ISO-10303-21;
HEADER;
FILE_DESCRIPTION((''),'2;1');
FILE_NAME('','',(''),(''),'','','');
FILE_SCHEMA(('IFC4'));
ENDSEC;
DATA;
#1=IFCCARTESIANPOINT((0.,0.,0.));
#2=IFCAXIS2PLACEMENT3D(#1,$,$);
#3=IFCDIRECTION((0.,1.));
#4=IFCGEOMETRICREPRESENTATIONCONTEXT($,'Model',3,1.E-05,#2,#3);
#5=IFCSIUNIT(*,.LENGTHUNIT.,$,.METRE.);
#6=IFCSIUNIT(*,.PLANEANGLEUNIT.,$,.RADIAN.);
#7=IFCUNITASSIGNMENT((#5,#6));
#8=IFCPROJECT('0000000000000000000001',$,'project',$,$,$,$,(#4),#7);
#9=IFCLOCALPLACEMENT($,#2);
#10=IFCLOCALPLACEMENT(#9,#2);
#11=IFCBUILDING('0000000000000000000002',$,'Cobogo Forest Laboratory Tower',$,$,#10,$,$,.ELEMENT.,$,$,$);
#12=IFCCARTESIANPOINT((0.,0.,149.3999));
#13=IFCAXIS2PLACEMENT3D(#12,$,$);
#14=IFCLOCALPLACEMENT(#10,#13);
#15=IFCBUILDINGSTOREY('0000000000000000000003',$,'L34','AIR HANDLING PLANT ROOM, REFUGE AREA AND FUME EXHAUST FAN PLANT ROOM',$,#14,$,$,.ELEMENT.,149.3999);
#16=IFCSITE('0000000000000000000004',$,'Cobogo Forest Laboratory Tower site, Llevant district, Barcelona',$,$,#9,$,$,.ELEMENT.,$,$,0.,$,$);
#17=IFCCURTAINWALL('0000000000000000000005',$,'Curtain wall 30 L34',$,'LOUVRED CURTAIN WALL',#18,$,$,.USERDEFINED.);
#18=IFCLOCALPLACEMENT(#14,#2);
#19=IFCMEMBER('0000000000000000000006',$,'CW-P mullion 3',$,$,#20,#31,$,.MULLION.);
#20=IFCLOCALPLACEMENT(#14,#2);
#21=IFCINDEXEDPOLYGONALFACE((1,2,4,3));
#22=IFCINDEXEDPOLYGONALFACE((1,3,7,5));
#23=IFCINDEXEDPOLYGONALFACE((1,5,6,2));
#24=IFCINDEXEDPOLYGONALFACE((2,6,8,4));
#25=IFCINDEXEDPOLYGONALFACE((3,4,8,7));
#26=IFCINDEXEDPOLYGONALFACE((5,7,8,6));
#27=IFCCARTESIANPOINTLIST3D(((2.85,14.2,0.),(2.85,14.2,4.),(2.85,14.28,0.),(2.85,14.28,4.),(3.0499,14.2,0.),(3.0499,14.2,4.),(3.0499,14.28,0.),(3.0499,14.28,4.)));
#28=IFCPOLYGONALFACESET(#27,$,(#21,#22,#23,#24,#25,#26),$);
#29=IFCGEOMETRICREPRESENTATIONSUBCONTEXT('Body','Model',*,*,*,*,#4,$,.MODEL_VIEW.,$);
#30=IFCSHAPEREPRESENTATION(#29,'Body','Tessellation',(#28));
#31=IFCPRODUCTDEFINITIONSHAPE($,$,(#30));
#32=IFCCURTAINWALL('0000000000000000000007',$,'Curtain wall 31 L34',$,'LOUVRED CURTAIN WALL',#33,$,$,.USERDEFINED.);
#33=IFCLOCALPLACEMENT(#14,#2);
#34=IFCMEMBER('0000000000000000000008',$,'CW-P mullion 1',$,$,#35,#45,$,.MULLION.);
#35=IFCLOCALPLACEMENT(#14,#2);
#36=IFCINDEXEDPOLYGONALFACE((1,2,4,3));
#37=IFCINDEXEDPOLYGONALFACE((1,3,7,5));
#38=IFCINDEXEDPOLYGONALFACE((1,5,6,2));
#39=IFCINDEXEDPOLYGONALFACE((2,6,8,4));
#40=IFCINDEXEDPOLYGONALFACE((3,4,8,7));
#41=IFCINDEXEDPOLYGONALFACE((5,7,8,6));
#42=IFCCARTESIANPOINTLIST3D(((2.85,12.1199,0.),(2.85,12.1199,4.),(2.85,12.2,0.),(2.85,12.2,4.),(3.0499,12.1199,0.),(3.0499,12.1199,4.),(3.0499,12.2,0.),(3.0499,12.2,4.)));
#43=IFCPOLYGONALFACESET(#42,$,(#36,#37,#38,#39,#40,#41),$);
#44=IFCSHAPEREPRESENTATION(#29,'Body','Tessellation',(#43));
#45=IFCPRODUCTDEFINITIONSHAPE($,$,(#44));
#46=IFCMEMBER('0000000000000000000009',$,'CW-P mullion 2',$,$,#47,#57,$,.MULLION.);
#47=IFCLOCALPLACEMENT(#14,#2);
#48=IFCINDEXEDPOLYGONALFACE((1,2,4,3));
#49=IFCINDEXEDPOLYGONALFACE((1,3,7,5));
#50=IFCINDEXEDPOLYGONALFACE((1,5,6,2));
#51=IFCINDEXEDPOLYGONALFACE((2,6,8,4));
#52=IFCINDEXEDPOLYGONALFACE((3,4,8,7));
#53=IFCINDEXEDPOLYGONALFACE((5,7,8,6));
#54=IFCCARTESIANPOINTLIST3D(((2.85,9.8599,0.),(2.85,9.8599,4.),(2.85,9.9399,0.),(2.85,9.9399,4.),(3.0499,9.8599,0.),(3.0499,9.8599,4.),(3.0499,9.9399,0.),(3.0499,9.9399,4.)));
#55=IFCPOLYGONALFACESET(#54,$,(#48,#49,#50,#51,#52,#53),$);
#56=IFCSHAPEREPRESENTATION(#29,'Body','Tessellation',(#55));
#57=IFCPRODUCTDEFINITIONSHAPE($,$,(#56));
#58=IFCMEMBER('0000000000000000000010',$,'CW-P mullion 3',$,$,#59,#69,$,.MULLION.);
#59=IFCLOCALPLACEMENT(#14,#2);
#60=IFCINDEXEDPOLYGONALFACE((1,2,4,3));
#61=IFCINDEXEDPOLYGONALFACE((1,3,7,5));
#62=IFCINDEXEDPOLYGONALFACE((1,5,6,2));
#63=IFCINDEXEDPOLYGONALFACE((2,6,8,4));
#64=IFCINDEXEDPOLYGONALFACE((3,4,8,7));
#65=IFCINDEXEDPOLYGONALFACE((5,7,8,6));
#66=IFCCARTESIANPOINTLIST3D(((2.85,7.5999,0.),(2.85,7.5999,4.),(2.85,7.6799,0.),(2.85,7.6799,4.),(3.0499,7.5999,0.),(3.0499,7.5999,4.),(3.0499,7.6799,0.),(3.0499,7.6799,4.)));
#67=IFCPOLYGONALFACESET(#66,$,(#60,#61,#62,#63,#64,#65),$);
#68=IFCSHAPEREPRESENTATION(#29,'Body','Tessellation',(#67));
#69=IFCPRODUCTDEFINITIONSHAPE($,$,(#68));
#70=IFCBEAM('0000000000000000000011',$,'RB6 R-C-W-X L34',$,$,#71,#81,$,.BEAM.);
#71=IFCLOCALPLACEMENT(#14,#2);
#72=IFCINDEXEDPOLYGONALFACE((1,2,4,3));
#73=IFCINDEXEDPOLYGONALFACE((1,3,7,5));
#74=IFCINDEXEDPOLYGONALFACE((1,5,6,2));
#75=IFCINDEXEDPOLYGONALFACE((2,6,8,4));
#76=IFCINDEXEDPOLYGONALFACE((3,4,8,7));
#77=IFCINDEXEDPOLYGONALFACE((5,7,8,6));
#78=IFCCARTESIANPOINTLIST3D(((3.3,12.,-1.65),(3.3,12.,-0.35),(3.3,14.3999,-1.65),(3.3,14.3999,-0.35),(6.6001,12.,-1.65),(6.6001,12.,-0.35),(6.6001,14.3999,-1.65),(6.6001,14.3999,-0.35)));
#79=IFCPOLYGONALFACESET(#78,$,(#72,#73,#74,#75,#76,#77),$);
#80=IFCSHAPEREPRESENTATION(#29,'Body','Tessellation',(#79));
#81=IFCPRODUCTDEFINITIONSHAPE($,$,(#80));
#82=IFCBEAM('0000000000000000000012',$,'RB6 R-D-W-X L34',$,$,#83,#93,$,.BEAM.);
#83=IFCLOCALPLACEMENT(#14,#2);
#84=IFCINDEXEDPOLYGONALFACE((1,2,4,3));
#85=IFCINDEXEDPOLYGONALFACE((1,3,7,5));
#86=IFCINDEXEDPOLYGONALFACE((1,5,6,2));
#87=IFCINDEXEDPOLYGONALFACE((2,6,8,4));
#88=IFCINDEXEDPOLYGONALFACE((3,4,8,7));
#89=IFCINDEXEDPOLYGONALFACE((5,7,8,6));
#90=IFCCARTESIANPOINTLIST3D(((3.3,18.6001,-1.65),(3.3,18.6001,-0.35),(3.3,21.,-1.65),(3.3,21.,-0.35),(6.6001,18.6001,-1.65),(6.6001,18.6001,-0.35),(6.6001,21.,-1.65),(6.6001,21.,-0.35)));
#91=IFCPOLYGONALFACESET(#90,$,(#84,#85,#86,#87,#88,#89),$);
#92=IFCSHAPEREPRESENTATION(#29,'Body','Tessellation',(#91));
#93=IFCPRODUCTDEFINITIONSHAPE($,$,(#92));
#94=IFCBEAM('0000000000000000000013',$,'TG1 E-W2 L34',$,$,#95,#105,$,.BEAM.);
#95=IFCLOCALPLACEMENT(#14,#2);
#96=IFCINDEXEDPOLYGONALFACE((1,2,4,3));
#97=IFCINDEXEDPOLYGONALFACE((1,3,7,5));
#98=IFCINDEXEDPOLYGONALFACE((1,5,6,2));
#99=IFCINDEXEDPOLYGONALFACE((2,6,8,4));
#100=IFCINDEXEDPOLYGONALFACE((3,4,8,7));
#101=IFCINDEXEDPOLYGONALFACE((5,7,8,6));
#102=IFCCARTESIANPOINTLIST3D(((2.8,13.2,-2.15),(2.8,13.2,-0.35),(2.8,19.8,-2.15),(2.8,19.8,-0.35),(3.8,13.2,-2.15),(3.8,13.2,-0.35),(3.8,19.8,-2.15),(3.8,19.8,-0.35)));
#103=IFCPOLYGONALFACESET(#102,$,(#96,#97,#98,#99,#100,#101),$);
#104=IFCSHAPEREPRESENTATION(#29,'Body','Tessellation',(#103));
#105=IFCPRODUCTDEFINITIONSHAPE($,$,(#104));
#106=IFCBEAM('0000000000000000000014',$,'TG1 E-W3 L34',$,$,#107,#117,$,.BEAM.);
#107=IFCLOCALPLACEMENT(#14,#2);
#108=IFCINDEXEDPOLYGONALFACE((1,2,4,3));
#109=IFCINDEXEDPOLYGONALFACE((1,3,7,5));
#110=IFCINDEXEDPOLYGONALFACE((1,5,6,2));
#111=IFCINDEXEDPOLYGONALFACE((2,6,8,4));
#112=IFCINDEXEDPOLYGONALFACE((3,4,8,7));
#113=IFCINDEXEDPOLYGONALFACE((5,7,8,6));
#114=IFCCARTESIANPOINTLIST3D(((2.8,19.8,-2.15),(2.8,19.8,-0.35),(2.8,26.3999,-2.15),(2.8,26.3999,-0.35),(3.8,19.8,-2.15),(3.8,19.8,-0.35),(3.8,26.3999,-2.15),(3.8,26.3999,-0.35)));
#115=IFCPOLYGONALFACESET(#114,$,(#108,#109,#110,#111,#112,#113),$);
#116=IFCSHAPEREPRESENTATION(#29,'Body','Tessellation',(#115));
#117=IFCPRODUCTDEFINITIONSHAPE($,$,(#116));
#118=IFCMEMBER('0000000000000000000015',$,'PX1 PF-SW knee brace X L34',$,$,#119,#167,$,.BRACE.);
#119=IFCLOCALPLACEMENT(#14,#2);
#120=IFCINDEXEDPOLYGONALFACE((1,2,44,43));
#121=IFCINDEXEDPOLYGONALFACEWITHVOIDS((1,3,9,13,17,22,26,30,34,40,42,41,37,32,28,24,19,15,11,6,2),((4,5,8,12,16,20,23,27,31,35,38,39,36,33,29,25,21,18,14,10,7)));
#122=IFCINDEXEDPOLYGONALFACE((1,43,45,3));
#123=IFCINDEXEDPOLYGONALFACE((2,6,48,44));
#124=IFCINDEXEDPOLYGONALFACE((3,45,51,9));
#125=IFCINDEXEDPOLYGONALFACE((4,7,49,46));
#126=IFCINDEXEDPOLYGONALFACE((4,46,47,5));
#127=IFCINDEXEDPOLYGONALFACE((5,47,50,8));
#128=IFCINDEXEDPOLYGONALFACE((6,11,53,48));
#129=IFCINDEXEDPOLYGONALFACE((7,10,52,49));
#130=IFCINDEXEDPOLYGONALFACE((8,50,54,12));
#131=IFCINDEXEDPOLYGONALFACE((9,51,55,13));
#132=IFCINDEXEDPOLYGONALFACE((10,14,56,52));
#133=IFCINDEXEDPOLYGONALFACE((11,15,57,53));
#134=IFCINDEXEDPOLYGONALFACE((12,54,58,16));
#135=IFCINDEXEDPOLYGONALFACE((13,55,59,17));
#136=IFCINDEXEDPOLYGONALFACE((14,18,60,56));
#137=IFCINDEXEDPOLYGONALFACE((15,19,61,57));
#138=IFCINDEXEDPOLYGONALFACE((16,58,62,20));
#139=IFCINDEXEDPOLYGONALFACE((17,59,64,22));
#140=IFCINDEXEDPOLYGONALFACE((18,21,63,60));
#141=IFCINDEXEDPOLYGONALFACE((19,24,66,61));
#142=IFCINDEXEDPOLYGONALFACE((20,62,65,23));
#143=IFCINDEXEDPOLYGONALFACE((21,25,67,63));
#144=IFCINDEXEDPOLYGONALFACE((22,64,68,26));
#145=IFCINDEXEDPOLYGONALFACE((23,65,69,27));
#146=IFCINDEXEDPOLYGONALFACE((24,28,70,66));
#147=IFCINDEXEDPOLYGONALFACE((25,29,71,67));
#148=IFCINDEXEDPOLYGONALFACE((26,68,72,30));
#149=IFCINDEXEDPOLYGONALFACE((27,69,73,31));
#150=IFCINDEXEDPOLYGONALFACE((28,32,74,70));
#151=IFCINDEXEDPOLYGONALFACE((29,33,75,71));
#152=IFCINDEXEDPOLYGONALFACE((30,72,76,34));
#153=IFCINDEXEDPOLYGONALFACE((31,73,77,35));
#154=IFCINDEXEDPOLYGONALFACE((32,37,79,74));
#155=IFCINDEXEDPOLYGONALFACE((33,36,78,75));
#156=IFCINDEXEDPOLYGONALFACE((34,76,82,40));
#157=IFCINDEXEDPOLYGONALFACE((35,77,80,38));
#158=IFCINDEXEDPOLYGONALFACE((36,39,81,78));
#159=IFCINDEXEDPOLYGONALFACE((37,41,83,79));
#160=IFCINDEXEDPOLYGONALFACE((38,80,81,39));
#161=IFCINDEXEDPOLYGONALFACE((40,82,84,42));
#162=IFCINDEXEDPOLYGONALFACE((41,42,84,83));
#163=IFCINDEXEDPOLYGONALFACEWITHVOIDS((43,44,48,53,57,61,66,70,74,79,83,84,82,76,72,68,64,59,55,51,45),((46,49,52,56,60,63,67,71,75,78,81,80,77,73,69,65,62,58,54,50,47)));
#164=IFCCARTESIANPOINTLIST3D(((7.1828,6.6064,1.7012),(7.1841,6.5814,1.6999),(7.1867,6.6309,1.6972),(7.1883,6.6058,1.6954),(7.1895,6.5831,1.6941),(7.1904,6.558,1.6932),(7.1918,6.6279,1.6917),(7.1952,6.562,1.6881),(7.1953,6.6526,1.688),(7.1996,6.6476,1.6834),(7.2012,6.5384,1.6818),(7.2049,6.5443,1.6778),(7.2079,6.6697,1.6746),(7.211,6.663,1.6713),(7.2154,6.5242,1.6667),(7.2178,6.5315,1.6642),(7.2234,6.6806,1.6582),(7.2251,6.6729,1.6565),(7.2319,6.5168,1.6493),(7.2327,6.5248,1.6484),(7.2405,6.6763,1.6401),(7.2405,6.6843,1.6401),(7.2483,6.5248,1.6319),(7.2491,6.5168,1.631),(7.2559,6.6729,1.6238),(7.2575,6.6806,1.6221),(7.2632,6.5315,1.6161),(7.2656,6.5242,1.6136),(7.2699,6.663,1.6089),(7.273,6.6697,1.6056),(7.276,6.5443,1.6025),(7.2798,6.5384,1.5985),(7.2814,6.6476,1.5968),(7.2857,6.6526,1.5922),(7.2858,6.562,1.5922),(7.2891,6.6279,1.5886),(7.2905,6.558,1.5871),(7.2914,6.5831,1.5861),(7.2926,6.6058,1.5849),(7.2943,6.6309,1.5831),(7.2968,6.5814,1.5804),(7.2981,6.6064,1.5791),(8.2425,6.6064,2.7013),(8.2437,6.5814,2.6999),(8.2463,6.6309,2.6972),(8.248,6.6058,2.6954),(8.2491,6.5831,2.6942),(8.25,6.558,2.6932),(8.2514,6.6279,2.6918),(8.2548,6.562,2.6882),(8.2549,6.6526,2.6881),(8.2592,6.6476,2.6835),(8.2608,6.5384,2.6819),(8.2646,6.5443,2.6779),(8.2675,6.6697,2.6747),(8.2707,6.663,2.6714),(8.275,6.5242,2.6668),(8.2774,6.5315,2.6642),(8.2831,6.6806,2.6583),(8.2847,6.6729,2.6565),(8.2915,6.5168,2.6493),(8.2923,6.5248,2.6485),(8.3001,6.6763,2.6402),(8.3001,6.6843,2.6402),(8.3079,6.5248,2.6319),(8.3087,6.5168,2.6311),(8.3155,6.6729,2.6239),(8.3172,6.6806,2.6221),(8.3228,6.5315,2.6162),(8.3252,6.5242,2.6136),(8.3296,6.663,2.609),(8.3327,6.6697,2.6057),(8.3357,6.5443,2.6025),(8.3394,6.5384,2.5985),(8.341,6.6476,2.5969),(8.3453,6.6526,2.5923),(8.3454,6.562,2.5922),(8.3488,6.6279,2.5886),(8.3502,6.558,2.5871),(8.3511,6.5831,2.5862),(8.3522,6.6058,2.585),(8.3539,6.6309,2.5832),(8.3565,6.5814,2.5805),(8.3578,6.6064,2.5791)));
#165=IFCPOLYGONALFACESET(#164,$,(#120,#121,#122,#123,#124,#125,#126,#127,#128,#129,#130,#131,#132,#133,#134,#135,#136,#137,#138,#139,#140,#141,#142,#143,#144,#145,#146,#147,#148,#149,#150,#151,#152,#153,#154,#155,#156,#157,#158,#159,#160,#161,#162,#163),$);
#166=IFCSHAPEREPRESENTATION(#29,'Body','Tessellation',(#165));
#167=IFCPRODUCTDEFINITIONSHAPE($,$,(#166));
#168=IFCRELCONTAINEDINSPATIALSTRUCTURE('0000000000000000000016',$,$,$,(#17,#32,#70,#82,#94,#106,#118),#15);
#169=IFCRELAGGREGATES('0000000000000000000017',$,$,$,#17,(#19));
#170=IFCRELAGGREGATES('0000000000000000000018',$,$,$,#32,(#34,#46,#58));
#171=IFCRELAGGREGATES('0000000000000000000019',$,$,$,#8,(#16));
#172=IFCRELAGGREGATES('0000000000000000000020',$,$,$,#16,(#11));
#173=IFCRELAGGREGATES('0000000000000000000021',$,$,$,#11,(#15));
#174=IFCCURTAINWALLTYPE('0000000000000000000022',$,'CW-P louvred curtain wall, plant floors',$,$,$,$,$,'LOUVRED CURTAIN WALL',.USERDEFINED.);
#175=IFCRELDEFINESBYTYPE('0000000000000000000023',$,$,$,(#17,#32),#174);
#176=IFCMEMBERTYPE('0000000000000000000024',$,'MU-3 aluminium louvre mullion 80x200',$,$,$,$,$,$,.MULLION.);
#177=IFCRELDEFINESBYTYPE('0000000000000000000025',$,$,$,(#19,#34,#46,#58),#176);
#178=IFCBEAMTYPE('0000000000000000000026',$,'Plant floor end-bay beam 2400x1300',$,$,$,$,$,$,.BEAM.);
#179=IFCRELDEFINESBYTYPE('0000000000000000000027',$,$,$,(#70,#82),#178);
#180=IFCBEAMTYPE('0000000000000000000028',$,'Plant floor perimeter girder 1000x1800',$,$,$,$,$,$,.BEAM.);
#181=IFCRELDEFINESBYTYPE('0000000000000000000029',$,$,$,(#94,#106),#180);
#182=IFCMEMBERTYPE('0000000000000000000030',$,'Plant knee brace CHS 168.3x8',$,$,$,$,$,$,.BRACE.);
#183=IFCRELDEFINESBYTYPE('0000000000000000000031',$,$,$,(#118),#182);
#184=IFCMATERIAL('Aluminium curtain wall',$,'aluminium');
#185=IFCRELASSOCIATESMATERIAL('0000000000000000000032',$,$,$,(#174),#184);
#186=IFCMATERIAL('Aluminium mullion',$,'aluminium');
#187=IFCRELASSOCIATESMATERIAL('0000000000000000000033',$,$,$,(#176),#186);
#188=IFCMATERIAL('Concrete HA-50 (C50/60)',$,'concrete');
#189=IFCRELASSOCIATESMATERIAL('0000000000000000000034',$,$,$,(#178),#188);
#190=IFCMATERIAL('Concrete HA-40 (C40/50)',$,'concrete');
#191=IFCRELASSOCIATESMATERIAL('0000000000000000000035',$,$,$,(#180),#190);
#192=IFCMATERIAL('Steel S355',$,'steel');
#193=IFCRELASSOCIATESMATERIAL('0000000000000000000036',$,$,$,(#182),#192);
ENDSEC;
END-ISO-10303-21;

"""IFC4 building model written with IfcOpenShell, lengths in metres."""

from ifc_helpers import new_model, si_unit, direction, frame, origin, origin_2d, place, context, subcontext, project, spatial, rectangle, hollow_circle, extrude, material, material_profile, profile_set, type_object, element, aggregate, save


model = new_model("IFC4")

# Units and contexts
model_context = context("Model", 3, precision=1e-05, world=origin(), true_north=direction((0.0, 1.0)))
body_context = subcontext(model_context, "Body", "Model", "MODEL_VIEW")
ifc_project = project(units=[si_unit("LENGTHUNIT", "METRE"), si_unit("PLANEANGLEUNIT", "RADIAN")], contexts=[model_context])

# Site, building, storey
site_placement = place(None, origin())
site = spatial("IfcSite", under=ifc_project, at=site_placement, Name="Cobogo Forest Laboratory Tower site, Llevant district, Barcelona", CompositionType="ELEMENT", RefElevation=0.0)
building_placement = place(site_placement, origin())
building = spatial("IfcBuilding", under=site, at=building_placement, Name="Cobogo Forest Laboratory Tower", CompositionType="ELEMENT")
storey_placement = place(building_placement, frame((0.0, 0.0, 149.3999)))
storey = spatial("IfcBuildingStorey", under=building, at=storey_placement, Name="L34", Description="AIR HANDLING PLANT ROOM, REFUGE AREA AND FUME EXHAUST FAN PLANT ROOM", CompositionType="ELEMENT", Elevation=149.3999)

# Shared definitions
ifc_material_1 = material(Name="Concrete HA-50 (C50/60)", Category="concrete")

# Curtain walls, members
ifc_material_2 = material(Name="Aluminium curtain wall", Category="aluminium")
curtain_wall_type = type_object("IfcCurtainWallType", Name="CW-P louvred curtain wall, plant floors", ElementType="LOUVRED CURTAIN WALL", PredefinedType="USERDEFINED", material=ifc_material_2)
curtain_wall_1_placement = place(storey_placement, origin())
curtain_wall_1 = element("IfcCurtainWall", 1, at=curtain_wall_1_placement, inside=storey, type_object=curtain_wall_type, Name="Curtain wall 30 L34", ObjectType="LOUVRED CURTAIN WALL", PredefinedType="USERDEFINED")
ifc_material_3 = material(Name="Aluminium mullion", Category="aluminium")
ifc_material_profile_1 = material_profile(ifc_material_3, rectangle(XDim=0.0801, YDim=0.2, at=origin_2d()), Name="AL 80x200")
ifc_profile_set_1 = profile_set([ifc_material_profile_1], Name="Aluminium mullion")
member_type_1 = type_object("IfcMemberType", Name="MU-3 aluminium louvre mullion 80x200", PredefinedType="MULLION", material=ifc_profile_set_1)
member_1_placement = place(storey_placement, frame((2.95, 14.24, 0.0), z_axis=(0.0, 0.0, 1.0), x_axis=(0.0, -1.0, 0.0)))
member_1 = element("IfcMember", 2, at=member_1_placement, type_object=member_type_1, Name="CW-P mullion 3", PredefinedType="MULLION", context=body_context, shape_type="SweptSolid", body=[
    extrude(rectangle(XDim=0.0801, YDim=0.2, at=origin_2d()), origin(), (0.0, 0.0, 1.0), 4.0),
])
curtain_wall_2_placement = place(storey_placement, origin())
curtain_wall_2 = element("IfcCurtainWall", 3, at=curtain_wall_2_placement, inside=storey, type_object=curtain_wall_type, Name="Curtain wall 31 L34", ObjectType="LOUVRED CURTAIN WALL", PredefinedType="USERDEFINED")
member_2_placement = place(storey_placement, frame((2.95, 12.1599, 0.0), z_axis=(0.0, 0.0, 1.0), x_axis=(0.0, -1.0, 0.0)))
member_2 = element("IfcMember", 4, at=member_2_placement, type_object=member_type_1, Name="CW-P mullion 1", PredefinedType="MULLION", context=body_context, shape_type="SweptSolid", body=[
    extrude(rectangle(XDim=0.0801, YDim=0.2, at=origin_2d()), origin(), (0.0, 0.0, 1.0), 4.0),
])
member_3_placement = place(storey_placement, frame((2.95, 9.8999, 0.0), z_axis=(0.0, 0.0, 1.0), x_axis=(0.0, -1.0, 0.0)))
member_3 = element("IfcMember", 5, at=member_3_placement, type_object=member_type_1, Name="CW-P mullion 2", PredefinedType="MULLION", context=body_context, shape_type="SweptSolid", body=[
    extrude(rectangle(XDim=0.0801, YDim=0.2, at=origin_2d()), origin(), (0.0, 0.0, 1.0), 4.0),
])
member_4_placement = place(storey_placement, frame((2.95, 7.6399, 0.0), z_axis=(0.0, 0.0, 1.0), x_axis=(0.0, -1.0, 0.0)))
member_4 = element("IfcMember", 6, at=member_4_placement, type_object=member_type_1, Name="CW-P mullion 3", PredefinedType="MULLION", context=body_context, shape_type="SweptSolid", body=[
    extrude(rectangle(XDim=0.0801, YDim=0.2, at=origin_2d()), origin(), (0.0, 0.0, 1.0), 4.0),
])

# Beams
ifc_material_profile_2 = material_profile(ifc_material_1, rectangle(XDim=2.3999, YDim=1.3, at=origin_2d()), Name="RC 2400x1300")
ifc_profile_set_2 = profile_set([ifc_material_profile_2], Name="Concrete HA-50 (C50/60)")
beam_type_1 = type_object("IfcBeamType", Name="Plant floor end-bay beam 2400x1300", PredefinedType="BEAM", material=ifc_profile_set_2)
for number, where, z_axis, x_axis, name in (
    (7, (3.3, 13.2, -1.0), (1.0, 0.0, 0.0), (0.0, 1.0, 0.0), "RB6 R-C-W-X L34"),
    (8, (3.3, 19.8, -1.0), (1.0, 0.0, 0.0), (0.0, 1.0, 0.0), "RB6 R-D-W-X L34"),
):
    element("IfcBeam", number, at=place(storey_placement, frame(where, z_axis=z_axis, x_axis=x_axis)), inside=storey, type_object=beam_type_1, Name=name, PredefinedType="BEAM", context=body_context, shape_type="SweptSolid", body=[
        extrude(rectangle(XDim=2.3999, YDim=1.3, at=origin_2d()), origin(), (0.0, 0.0, 1.0), 3.3),
    ])
ifc_material_4 = material(Name="Concrete HA-40 (C40/50)", Category="concrete")
ifc_material_profile_3 = material_profile(ifc_material_4, rectangle(XDim=1.0, YDim=1.8, at=origin_2d()), Name="RC 1000x1800")
ifc_profile_set_3 = profile_set([ifc_material_profile_3], Name="Concrete HA-40 (C40/50)")
beam_type_2 = type_object("IfcBeamType", Name="Plant floor perimeter girder 1000x1800", PredefinedType="BEAM", material=ifc_profile_set_3)
beam_1_placement = place(storey_placement, frame((3.3, 13.2, -1.25), z_axis=(0.0, 1.0, 0.0), x_axis=(-1.0, 0.0, 0.0)))
element("IfcBeam", 9, at=beam_1_placement, inside=storey, type_object=beam_type_2, Name="TG1 E-W2 L34", PredefinedType="BEAM", context=body_context, shape_type="SweptSolid", body=[
    extrude(rectangle(XDim=1.0, YDim=1.8, at=origin_2d()), origin(), (0.0, 0.0, 1.0), 6.6001),
])
beam_2_placement = place(storey_placement, frame((3.3, 19.8, -1.25), z_axis=(0.0, 1.0, 0.0), x_axis=(-1.0, 0.0, 0.0)))
element("IfcBeam", 10, at=beam_2_placement, inside=storey, type_object=beam_type_2, Name="TG1 E-W3 L34", PredefinedType="BEAM", context=body_context, shape_type="SweptSolid", body=[
    extrude(rectangle(XDim=1.0, YDim=1.8, at=origin_2d()), origin(), (0.0, 0.0, 1.0), 6.5999),
])

# Member
ifc_material_5 = material(Name="Steel S355", Category="steel")
ifc_material_profile_4 = material_profile(ifc_material_5, hollow_circle(Radius=0.0842, WallThickness=0.0081, at=origin_2d()), Name="CHS 168.3x8")
ifc_profile_set_4 = profile_set([ifc_material_profile_4], Name="Steel S355")
member_type_2 = type_object("IfcMemberType", Name="Plant knee brace CHS 168.3x8", PredefinedType="BRACE", material=ifc_profile_set_4)
for number, where, z_axis, x_axis, name in (
    (11, (7.2405, 6.6001, 1.6401), (0.727255, 0.0, 0.686368), (0.0, 1.0, 0.0), "PX1 PF-SW knee brace X L34"),
):
    element("IfcMember", number, at=place(storey_placement, frame(where, z_axis=z_axis, x_axis=x_axis)), inside=storey, type_object=member_type_2, Name=name, PredefinedType="BRACE", context=body_context, shape_type="SweptSolid", body=[
        extrude(hollow_circle(Radius=0.0842, WallThickness=0.0081, at=origin_2d()), origin(), (0.0, 0.0, 1.0), 1.457),
    ])

aggregate(curtain_wall_1, [member_1])
aggregate(curtain_wall_2, [member_2, member_3, member_4])

save(model, "model.ifc")
